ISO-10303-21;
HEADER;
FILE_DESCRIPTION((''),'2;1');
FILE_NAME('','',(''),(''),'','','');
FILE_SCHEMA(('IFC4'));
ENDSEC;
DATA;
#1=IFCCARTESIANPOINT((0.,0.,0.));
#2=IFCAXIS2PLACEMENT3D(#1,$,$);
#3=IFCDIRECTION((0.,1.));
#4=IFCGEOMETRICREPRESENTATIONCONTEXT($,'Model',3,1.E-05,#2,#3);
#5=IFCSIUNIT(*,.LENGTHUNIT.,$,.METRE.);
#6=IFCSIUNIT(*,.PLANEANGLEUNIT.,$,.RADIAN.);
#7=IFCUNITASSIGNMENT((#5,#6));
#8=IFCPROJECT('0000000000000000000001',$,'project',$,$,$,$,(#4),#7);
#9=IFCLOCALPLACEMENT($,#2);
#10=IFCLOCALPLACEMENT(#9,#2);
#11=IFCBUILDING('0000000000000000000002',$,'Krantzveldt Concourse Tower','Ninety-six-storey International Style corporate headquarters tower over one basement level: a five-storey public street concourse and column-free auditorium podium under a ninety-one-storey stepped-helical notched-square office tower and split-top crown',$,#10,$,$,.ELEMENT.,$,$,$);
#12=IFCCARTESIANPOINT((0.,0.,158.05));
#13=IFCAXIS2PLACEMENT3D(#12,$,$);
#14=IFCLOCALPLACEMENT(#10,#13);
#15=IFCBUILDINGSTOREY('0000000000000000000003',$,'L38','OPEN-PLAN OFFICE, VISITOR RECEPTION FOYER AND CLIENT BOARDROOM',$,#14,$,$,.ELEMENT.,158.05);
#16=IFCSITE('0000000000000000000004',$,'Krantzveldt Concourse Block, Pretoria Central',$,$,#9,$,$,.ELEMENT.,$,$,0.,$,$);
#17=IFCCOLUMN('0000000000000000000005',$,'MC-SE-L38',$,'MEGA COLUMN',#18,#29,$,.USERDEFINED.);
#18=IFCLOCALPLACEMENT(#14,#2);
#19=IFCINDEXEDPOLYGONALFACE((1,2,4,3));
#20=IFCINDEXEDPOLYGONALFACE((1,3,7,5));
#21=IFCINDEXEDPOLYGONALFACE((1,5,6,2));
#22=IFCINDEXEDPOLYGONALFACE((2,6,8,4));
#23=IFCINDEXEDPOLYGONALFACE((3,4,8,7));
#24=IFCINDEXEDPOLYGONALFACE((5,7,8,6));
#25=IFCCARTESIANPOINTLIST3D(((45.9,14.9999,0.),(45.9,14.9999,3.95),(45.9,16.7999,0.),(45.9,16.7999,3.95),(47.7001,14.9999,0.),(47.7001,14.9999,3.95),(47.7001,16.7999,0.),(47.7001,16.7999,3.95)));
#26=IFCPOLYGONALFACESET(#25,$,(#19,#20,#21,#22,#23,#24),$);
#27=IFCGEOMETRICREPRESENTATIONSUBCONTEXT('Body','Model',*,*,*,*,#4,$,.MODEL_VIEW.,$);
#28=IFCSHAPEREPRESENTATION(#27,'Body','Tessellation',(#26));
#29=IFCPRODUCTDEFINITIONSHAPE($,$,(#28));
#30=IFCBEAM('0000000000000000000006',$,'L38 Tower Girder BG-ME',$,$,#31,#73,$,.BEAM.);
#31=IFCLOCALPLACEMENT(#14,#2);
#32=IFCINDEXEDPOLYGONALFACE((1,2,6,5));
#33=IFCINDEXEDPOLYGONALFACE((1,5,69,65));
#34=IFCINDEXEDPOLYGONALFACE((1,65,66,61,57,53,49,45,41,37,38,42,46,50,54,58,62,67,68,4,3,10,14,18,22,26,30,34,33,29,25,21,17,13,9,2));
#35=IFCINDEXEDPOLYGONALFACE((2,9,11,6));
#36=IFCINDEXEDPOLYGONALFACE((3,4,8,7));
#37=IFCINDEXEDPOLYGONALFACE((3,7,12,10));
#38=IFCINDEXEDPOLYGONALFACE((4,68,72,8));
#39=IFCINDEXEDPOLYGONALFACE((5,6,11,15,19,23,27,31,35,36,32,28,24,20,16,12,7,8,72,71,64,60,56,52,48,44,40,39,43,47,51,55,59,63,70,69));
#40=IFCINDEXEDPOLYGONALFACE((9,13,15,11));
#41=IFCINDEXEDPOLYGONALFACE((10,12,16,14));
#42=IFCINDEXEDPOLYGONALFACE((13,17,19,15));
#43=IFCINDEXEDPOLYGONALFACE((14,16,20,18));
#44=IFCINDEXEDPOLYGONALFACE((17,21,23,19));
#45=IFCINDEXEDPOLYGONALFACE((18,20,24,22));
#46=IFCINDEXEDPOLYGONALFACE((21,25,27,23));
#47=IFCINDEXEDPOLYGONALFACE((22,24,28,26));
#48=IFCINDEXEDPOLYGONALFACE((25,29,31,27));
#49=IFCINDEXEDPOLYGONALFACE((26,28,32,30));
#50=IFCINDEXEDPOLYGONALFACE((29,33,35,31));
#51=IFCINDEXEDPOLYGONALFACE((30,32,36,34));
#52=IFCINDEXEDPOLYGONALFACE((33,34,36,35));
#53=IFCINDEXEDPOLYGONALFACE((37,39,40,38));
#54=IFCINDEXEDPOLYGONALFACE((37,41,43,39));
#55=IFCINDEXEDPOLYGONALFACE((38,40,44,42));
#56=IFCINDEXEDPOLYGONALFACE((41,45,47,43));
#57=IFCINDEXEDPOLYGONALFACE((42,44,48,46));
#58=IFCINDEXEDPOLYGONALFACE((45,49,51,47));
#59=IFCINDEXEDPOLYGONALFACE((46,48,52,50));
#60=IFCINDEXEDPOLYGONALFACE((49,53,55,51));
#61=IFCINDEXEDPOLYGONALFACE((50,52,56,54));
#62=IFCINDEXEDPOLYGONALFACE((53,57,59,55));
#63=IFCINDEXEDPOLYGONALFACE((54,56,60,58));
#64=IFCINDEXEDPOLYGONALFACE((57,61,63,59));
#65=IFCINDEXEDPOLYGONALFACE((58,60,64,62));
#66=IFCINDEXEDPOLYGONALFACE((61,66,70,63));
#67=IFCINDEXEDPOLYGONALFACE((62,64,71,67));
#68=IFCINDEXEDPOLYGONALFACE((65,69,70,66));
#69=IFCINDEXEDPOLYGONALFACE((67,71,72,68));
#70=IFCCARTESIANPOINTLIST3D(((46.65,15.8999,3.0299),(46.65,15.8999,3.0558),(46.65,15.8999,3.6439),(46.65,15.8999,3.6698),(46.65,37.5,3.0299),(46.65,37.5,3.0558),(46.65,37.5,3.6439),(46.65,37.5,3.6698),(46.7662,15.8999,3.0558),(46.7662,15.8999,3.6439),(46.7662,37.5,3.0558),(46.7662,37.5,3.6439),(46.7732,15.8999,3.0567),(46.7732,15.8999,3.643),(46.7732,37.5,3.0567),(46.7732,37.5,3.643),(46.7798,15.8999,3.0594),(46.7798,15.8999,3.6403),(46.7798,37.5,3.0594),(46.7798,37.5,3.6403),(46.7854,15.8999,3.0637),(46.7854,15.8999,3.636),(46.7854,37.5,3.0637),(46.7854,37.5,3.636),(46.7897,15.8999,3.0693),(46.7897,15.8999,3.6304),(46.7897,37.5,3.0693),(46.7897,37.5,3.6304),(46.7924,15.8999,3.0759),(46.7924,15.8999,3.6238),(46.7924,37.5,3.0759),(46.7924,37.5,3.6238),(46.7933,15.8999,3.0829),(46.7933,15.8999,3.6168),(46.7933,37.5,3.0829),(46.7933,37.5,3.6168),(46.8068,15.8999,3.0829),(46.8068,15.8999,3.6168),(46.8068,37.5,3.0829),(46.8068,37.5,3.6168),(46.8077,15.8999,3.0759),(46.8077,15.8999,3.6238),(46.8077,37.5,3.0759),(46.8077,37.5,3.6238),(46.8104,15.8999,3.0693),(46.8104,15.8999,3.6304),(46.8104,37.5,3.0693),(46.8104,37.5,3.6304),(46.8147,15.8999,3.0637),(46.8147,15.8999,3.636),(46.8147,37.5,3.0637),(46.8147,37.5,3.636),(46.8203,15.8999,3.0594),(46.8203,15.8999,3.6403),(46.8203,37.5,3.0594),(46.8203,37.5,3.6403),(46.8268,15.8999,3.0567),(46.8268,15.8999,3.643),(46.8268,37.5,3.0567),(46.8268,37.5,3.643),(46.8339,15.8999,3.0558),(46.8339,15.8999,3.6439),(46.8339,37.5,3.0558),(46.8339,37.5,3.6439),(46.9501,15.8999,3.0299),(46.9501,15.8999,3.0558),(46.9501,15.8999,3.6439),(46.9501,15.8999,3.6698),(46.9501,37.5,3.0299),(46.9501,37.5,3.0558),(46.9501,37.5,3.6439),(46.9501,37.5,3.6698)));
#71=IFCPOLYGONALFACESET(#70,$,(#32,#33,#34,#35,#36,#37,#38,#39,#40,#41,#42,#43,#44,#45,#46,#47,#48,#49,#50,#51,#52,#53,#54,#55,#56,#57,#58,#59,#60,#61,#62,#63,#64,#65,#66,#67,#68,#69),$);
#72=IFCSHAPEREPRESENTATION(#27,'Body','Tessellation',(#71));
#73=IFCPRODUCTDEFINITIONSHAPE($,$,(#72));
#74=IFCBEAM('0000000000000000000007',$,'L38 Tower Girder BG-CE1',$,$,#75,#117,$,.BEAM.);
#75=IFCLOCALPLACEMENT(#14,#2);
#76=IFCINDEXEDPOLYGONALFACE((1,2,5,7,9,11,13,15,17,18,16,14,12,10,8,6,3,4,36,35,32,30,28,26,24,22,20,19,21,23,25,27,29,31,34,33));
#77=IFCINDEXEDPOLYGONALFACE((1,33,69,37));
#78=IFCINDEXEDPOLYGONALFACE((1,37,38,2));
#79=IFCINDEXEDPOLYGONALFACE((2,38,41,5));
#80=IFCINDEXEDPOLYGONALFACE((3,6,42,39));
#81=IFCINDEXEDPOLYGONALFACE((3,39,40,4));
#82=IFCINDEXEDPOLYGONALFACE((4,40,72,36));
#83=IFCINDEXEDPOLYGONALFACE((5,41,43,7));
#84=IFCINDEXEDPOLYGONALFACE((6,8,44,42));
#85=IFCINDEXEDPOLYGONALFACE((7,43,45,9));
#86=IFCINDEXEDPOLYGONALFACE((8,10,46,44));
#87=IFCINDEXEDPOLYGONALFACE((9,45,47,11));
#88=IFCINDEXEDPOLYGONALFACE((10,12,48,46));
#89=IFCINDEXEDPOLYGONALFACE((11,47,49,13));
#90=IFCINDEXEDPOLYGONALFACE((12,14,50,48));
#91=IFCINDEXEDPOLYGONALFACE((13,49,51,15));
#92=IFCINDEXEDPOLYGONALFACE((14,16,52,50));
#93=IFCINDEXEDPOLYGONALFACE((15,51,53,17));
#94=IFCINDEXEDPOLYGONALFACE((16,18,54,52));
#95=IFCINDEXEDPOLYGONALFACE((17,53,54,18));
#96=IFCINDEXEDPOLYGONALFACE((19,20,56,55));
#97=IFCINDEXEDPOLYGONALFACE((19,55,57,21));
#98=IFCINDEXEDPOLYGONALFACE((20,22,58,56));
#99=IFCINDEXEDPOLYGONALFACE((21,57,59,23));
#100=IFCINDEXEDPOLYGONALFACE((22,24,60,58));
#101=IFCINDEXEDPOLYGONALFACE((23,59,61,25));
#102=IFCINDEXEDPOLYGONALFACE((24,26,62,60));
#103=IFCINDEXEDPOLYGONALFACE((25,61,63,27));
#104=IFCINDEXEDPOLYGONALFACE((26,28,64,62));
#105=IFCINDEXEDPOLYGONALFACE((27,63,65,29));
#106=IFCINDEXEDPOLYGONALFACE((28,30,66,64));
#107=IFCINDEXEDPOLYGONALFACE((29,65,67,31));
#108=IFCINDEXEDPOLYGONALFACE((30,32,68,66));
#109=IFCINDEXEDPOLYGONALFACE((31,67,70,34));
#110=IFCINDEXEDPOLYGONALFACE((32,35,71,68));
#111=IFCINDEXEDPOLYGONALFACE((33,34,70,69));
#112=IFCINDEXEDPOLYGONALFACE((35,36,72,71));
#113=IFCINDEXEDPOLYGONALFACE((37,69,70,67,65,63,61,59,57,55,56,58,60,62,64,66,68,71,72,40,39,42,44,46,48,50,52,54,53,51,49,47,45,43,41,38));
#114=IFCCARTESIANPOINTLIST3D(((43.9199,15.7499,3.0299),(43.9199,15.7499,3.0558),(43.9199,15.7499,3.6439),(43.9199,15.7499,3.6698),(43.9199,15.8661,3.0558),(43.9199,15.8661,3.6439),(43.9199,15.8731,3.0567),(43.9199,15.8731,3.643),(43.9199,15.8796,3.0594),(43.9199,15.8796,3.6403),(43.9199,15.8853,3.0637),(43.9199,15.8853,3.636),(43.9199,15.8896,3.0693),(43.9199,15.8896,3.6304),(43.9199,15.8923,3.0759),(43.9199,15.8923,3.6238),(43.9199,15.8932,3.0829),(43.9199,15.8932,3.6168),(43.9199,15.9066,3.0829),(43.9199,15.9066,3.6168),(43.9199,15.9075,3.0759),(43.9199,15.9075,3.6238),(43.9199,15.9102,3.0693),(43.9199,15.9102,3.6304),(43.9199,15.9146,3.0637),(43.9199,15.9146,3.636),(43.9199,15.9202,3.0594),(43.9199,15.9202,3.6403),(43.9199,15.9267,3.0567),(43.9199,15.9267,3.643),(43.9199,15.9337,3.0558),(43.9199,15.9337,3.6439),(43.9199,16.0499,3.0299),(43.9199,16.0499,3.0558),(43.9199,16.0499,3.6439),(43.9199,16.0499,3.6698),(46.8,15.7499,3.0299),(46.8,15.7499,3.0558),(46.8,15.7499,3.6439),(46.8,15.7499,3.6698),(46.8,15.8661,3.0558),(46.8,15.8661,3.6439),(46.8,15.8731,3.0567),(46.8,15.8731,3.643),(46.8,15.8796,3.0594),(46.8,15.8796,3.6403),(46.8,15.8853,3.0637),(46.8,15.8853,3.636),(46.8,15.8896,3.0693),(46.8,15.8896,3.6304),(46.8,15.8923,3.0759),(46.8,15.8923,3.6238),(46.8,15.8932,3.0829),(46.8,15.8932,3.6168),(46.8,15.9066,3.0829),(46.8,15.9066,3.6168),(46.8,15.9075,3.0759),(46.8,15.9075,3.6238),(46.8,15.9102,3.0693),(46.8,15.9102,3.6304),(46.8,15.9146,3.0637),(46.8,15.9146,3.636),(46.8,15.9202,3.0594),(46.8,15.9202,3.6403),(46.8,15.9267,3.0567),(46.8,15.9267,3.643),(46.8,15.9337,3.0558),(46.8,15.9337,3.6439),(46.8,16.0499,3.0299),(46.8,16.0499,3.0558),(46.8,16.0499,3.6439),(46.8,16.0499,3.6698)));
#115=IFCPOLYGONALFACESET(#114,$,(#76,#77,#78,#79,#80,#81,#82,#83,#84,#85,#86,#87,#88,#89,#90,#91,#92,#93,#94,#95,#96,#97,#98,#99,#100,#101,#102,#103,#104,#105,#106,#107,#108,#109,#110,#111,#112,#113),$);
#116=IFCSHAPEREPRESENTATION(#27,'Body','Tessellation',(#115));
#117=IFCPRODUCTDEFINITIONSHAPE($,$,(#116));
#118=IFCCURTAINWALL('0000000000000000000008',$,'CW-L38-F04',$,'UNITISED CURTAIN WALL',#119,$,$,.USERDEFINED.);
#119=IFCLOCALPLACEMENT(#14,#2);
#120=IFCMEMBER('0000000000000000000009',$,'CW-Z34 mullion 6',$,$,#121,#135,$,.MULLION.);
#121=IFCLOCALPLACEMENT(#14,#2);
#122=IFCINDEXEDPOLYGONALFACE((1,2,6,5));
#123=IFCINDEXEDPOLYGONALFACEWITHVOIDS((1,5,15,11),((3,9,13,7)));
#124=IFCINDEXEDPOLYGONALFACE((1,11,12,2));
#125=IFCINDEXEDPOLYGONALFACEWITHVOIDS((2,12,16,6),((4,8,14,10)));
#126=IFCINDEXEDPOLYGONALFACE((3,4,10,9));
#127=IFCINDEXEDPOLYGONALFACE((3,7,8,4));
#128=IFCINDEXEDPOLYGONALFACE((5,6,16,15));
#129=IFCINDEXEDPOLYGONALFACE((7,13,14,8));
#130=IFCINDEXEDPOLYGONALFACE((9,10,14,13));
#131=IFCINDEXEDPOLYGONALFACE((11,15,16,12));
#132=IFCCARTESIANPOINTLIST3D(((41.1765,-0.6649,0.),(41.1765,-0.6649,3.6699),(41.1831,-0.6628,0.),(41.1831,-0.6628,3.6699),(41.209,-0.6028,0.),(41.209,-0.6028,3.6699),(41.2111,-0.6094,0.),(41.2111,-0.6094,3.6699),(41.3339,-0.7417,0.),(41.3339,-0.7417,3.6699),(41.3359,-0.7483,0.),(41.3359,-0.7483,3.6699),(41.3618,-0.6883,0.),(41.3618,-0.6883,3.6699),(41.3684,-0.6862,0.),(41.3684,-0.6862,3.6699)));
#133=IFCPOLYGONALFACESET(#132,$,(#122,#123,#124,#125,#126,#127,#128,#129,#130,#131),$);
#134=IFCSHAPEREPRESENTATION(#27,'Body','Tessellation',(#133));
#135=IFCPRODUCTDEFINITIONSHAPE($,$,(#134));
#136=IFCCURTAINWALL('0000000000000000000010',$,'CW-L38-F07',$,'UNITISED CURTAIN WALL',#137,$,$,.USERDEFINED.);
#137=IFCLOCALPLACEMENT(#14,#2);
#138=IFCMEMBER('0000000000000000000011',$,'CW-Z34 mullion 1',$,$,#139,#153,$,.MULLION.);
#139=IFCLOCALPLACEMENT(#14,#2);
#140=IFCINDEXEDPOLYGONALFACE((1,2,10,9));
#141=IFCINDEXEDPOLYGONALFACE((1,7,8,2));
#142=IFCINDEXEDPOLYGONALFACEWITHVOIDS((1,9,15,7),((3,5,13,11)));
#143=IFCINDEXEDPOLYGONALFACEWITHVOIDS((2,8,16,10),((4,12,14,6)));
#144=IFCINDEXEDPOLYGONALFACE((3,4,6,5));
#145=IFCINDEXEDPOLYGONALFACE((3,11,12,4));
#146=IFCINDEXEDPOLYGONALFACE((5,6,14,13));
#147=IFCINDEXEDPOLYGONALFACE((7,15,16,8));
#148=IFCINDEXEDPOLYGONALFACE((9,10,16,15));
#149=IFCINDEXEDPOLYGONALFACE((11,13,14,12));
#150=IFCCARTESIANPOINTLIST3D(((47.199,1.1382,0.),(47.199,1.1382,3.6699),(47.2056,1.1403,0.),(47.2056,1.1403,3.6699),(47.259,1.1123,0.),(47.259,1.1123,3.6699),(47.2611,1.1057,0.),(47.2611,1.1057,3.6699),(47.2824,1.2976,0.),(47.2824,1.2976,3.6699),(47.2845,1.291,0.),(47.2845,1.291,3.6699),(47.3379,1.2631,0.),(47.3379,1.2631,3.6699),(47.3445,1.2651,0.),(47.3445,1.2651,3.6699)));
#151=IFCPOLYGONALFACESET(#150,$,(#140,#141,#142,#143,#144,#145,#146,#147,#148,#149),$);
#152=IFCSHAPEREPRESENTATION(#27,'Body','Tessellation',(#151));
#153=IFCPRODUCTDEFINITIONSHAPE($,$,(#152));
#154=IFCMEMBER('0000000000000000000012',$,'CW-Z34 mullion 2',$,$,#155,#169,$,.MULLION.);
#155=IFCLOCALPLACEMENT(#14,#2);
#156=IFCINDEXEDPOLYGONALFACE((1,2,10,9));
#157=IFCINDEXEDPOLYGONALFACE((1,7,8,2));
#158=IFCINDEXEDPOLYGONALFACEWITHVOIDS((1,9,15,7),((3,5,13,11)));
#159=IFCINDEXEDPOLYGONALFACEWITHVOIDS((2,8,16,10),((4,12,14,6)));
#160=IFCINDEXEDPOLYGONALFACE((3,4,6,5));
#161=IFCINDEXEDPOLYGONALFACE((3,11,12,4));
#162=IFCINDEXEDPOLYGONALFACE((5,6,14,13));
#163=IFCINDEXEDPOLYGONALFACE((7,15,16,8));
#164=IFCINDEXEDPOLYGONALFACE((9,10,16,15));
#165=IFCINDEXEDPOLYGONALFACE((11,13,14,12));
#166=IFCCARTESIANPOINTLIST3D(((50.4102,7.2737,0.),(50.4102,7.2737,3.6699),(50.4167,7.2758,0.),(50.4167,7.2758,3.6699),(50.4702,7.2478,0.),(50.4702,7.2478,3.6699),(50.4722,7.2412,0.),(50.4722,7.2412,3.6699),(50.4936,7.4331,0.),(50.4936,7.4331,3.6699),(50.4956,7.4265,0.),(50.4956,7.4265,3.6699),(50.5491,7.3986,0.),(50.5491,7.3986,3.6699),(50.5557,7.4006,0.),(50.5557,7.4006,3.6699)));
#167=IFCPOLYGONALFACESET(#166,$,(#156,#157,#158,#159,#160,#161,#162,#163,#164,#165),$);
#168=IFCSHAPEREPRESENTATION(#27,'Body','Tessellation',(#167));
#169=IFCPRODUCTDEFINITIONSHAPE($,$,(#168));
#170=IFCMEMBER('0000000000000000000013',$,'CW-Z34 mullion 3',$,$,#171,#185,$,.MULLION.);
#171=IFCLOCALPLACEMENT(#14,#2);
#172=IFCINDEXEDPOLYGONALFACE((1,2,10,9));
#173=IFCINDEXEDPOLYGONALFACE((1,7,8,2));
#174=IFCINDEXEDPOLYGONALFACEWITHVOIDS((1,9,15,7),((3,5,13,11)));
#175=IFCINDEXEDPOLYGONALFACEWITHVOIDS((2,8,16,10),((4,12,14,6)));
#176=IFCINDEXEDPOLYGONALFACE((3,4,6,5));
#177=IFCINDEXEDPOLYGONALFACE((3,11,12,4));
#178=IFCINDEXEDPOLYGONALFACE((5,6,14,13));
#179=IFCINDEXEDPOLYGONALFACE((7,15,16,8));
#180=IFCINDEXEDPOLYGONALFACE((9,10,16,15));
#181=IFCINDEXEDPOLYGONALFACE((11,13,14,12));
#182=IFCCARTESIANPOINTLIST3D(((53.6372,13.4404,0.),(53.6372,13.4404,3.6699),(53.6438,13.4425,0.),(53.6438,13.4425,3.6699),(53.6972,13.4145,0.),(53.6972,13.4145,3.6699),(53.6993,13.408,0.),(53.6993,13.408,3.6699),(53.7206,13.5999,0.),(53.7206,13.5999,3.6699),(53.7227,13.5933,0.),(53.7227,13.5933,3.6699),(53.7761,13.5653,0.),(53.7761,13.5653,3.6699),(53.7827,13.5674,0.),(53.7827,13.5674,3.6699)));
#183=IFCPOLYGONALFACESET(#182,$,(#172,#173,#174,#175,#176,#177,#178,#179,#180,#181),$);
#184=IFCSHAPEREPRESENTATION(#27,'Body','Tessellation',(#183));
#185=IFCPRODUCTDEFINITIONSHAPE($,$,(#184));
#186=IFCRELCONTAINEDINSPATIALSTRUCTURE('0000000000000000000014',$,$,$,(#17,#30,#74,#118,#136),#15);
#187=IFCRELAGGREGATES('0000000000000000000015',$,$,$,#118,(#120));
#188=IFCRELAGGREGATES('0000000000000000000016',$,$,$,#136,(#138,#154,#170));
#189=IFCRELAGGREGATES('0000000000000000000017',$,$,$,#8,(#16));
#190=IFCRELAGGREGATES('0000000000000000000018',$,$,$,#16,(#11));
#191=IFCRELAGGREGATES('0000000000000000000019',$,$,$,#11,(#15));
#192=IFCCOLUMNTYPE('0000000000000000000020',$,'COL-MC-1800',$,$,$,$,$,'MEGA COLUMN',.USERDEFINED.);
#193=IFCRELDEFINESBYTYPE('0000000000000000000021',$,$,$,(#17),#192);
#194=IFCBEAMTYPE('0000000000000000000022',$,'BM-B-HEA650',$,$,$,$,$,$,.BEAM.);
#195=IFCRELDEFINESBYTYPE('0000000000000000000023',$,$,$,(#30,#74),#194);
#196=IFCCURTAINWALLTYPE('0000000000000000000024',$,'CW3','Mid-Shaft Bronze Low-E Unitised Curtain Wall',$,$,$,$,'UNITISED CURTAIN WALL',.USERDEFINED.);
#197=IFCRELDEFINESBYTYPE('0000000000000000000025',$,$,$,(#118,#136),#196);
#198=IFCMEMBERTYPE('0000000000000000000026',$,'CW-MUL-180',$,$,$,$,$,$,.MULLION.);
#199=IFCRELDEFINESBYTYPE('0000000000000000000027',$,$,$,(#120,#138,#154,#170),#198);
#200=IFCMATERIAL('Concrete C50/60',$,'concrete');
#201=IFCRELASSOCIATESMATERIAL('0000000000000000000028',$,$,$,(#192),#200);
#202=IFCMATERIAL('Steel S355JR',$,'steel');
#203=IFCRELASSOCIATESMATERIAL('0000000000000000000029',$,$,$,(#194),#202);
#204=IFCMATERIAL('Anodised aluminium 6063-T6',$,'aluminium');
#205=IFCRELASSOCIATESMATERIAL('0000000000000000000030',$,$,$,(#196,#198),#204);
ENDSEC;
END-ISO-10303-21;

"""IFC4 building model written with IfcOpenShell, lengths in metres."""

from ifc_helpers import new_model, si_unit, direction, frame, origin, origin_2d, place, context, subcontext, project, spatial, rectangle, hollow_rectangle, i_section, extrude, source, transform, mapped, material, material_profile, profile_set, type_object, type_shapes, element, aggregate, save


model = new_model("IFC4")

# Units and contexts
model_context = context("Model", 3, precision=1e-05, world=origin(), true_north=direction((0.0, 1.0)))
body_context = subcontext(model_context, "Body", "Model", "MODEL_VIEW")
ifc_project = project(units=[si_unit("LENGTHUNIT", "METRE"), si_unit("PLANEANGLEUNIT", "RADIAN")], contexts=[model_context])

# Site, building, storey
site_placement = place(None, origin())
site = spatial("IfcSite", under=ifc_project, at=site_placement, Name="Krantzveldt Concourse Block, Pretoria Central", CompositionType="ELEMENT", RefElevation=0.0)
building_placement = place(site_placement, origin())
building = spatial("IfcBuilding", under=site, at=building_placement, Name="Krantzveldt Concourse Tower", Description="Ninety-six-storey International Style corporate headquarters tower over one basement level: a five-storey public street concourse and column-free auditorium podium under a ninety-one-storey stepped-helical notched-square office tower and split-top crown", CompositionType="ELEMENT")
storey_placement = place(building_placement, frame((0.0, 0.0, 158.05)))
storey = spatial("IfcBuildingStorey", under=building, at=storey_placement, Name="L38", Description="OPEN-PLAN OFFICE, VISITOR RECEPTION FOYER AND CLIENT BOARDROOM", CompositionType="ELEMENT", Elevation=158.05)

# Column
ifc_material_1 = material(Name="Concrete C50/60", Category="concrete")
ifc_material_profile_1 = material_profile(ifc_material_1, rectangle(XDim=1.8, YDim=1.8, at=origin_2d()), Name="Concrete C50/60", Category="concrete")
ifc_profile_set_1 = profile_set([ifc_material_profile_1], Name="Concrete C50/60 - RC 1800x1800")
column_type = type_object("IfcColumnType", Name="COL-MC-1800", ElementType="MEGA COLUMN", PredefinedType="USERDEFINED", material=ifc_profile_set_1)
shared_shape_1 = source(origin(), body_context, "Body", "SweptSolid", [
    extrude(rectangle(XDim=1.8, YDim=1.8, at=origin_2d()), origin(), (0.0, 0.0, 1.0), 3.95),
])
type_shapes(column_type, [shared_shape_1])
column_placement = place(storey_placement, frame((46.8, 15.8999, 0.0), z_axis=(0.0, 0.0, 1.0), x_axis=(1.0, 0.0, 0.0)))
element("IfcColumn", 1, at=column_placement, inside=storey, type_object=column_type, Name="MC-SE-L38", ObjectType="MEGA COLUMN", PredefinedType="USERDEFINED", context=body_context, shape_type="MappedRepresentation", body=[
    mapped(shared_shape_1, transform((0.0, 0.0, 0.0), x_axis=(1.0, 0.0, 0.0), y_axis=(0.0, 1.0, 0.0), z_axis=(0.0, 0.0, 1.0), scale=1.0)),
])

# Beams
ifc_material_2 = material(Name="Steel S355JR", Category="steel")
ifc_material_profile_2 = material_profile(ifc_material_2, i_section(OverallWidth=0.3, OverallDepth=0.6399, WebThickness=0.0134, FlangeThickness=0.0259, FilletRadius=0.0271, at=origin_2d()), Name="Steel S355JR", Category="steel")
ifc_profile_set_2 = profile_set([ifc_material_profile_2], Name="Steel S355JR - HEA 650")
beam_type = type_object("IfcBeamType", Name="BM-B-HEA650", PredefinedType="BEAM", material=ifc_profile_set_2)
shared_shape_2 = source(origin(), body_context, "Body", "SweptSolid", [
    extrude(i_section(OverallWidth=0.3, OverallDepth=0.6399, WebThickness=0.0134, FlangeThickness=0.0259, FilletRadius=0.0271, at=origin_2d()), origin(), (0.0, 0.0, 1.0), 21.6001),
])
beam_1_placement = place(storey_placement, frame((46.8, 15.8999, 3.3499), z_axis=(0.0, 1.0, 0.0), x_axis=(-1.0, 0.0, 0.0)))
element("IfcBeam", 2, at=beam_1_placement, inside=storey, type_object=beam_type, Name="L38 Tower Girder BG-ME", PredefinedType="BEAM", context=body_context, shape_type="MappedRepresentation", body=[
    mapped(shared_shape_2, transform((0.0, 0.0, 0.0), x_axis=(1.0, 0.0, 0.0), y_axis=(0.0, 1.0, 0.0), z_axis=(0.0, 0.0, 1.0), scale=1.0)),
])
shared_shape_3 = source(origin(), body_context, "Body", "SweptSolid", [
    extrude(i_section(OverallWidth=0.3, OverallDepth=0.6399, WebThickness=0.0134, FlangeThickness=0.0259, FilletRadius=0.0271, at=origin_2d()), origin(), (0.0, 0.0, 1.0), 2.8801),
])
type_shapes(beam_type, [shared_shape_2, shared_shape_3])
beam_2_placement = place(storey_placement, frame((43.9199, 15.8999, 3.3499), z_axis=(1.0, 0.0, 0.0), x_axis=(0.0, 1.0, 0.0)))
element("IfcBeam", 3, at=beam_2_placement, inside=storey, type_object=beam_type, Name="L38 Tower Girder BG-CE1", PredefinedType="BEAM", context=body_context, shape_type="MappedRepresentation", body=[
    mapped(shared_shape_3, transform((0.0, 0.0, 0.0), x_axis=(1.0, 0.0, 0.0), y_axis=(0.0, 1.0, 0.0), z_axis=(0.0, 0.0, 1.0), scale=1.0)),
])

# Curtain wall, member
ifc_material_3 = material(Name="Anodised aluminium 6063-T6", Category="aluminium")
curtain_wall_type = type_object("IfcCurtainWallType", Name="CW3", Description="Mid-Shaft Bronze Low-E Unitised Curtain Wall", ElementType="UNITISED CURTAIN WALL", PredefinedType="USERDEFINED", material=ifc_material_3)
curtain_wall_1_placement = place(storey_placement, origin())
curtain_wall_1 = element("IfcCurtainWall", 4, at=curtain_wall_1_placement, inside=storey, type_object=curtain_wall_type, Name="CW-L38-F04", ObjectType="UNITISED CURTAIN WALL", PredefinedType="USERDEFINED")
ifc_material_profile_3 = material_profile(ifc_material_3, hollow_rectangle(XDim=0.0701, YDim=0.1799, WallThickness=0.0049, at=origin_2d()), Name="Anodised aluminium 6063-T6", Category="aluminium")
ifc_profile_set_3 = profile_set([ifc_material_profile_3], Name="Anodised aluminium 6063-T6 - ALU-MULL 180x70x5")
member_type_1 = type_object("IfcMemberType", Name="CW-MUL-180", PredefinedType="MULLION", material=ifc_profile_set_3)
shared_shape_4 = source(origin(), body_context, "Body", "SweptSolid", [
    extrude(hollow_rectangle(XDim=0.0701, YDim=0.1799, WallThickness=0.0049, at=origin_2d()), origin(), (0.0, 0.0, 1.0), 3.6699),
])
type_shapes(member_type_1, [shared_shape_4])
member_1_placement = place(storey_placement, frame((41.2725, -0.6755, 0.0), z_axis=(0.0, 0.0, 1.0), x_axis=(0.463683, 0.886001, 0.0)))
member_1 = element("IfcMember", 5, at=member_1_placement, type_object=member_type_1, Name="CW-Z34 mullion 6", PredefinedType="MULLION", context=body_context, shape_type="MappedRepresentation", body=[
    mapped(shared_shape_4, transform((0.0, 0.0, 0.0), x_axis=(1.0, 0.0, 0.0), y_axis=(0.0, 1.0, 0.0), z_axis=(0.0, 0.0, 1.0), scale=1.0)),
])

# Curtain wall, members
curtain_wall_2_placement = place(storey_placement, origin())
curtain_wall_2 = element("IfcCurtainWall", 6, at=curtain_wall_2_placement, inside=storey, type_object=curtain_wall_type, Name="CW-L38-F07", ObjectType="UNITISED CURTAIN WALL", PredefinedType="USERDEFINED")
member_2_placement = place(storey_placement, frame((47.2717, 1.2017, 0.0), z_axis=(0.0, 0.0, 1.0), x_axis=(-0.886001, 0.463683, 0.0)))
member_2 = element("IfcMember", 7, at=member_2_placement, type_object=member_type_1, Name="CW-Z34 mullion 1", PredefinedType="MULLION", context=body_context, shape_type="MappedRepresentation", body=[
    mapped(shared_shape_4, transform((0.0, 0.0, 0.0), x_axis=(1.0, 0.0, 0.0), y_axis=(0.0, 1.0, 0.0), z_axis=(0.0, 0.0, 1.0), scale=1.0)),
])
member_3_placement = place(storey_placement, frame((50.4829, 7.3372, 0.0), z_axis=(0.0, 0.0, 1.0), x_axis=(-0.886001, 0.463683, 0.0)))
member_3 = element("IfcMember", 8, at=member_3_placement, type_object=member_type_1, Name="CW-Z34 mullion 2", PredefinedType="MULLION", context=body_context, shape_type="MappedRepresentation", body=[
    mapped(shared_shape_4, transform((0.0, 0.0, 0.0), x_axis=(1.0, 0.0, 0.0), y_axis=(0.0, 1.0, 0.0), z_axis=(0.0, 0.0, 1.0), scale=1.0)),
])
member_4_placement = place(storey_placement, frame((53.71, 13.5039, 0.0), z_axis=(0.0, 0.0, 1.0), x_axis=(-0.886001, 0.463683, 0.0)))
member_4 = element("IfcMember", 9, at=member_4_placement, type_object=member_type_1, Name="CW-Z34 mullion 3", PredefinedType="MULLION", context=body_context, shape_type="MappedRepresentation", body=[
    mapped(shared_shape_4, transform((0.0, 0.0, 0.0), x_axis=(1.0, 0.0, 0.0), y_axis=(0.0, 1.0, 0.0), z_axis=(0.0, 0.0, 1.0), scale=1.0)),
])

aggregate(curtain_wall_1, [member_1])
aggregate(curtain_wall_2, [member_2, member_3, member_4])

save(model, "model.ifc")
